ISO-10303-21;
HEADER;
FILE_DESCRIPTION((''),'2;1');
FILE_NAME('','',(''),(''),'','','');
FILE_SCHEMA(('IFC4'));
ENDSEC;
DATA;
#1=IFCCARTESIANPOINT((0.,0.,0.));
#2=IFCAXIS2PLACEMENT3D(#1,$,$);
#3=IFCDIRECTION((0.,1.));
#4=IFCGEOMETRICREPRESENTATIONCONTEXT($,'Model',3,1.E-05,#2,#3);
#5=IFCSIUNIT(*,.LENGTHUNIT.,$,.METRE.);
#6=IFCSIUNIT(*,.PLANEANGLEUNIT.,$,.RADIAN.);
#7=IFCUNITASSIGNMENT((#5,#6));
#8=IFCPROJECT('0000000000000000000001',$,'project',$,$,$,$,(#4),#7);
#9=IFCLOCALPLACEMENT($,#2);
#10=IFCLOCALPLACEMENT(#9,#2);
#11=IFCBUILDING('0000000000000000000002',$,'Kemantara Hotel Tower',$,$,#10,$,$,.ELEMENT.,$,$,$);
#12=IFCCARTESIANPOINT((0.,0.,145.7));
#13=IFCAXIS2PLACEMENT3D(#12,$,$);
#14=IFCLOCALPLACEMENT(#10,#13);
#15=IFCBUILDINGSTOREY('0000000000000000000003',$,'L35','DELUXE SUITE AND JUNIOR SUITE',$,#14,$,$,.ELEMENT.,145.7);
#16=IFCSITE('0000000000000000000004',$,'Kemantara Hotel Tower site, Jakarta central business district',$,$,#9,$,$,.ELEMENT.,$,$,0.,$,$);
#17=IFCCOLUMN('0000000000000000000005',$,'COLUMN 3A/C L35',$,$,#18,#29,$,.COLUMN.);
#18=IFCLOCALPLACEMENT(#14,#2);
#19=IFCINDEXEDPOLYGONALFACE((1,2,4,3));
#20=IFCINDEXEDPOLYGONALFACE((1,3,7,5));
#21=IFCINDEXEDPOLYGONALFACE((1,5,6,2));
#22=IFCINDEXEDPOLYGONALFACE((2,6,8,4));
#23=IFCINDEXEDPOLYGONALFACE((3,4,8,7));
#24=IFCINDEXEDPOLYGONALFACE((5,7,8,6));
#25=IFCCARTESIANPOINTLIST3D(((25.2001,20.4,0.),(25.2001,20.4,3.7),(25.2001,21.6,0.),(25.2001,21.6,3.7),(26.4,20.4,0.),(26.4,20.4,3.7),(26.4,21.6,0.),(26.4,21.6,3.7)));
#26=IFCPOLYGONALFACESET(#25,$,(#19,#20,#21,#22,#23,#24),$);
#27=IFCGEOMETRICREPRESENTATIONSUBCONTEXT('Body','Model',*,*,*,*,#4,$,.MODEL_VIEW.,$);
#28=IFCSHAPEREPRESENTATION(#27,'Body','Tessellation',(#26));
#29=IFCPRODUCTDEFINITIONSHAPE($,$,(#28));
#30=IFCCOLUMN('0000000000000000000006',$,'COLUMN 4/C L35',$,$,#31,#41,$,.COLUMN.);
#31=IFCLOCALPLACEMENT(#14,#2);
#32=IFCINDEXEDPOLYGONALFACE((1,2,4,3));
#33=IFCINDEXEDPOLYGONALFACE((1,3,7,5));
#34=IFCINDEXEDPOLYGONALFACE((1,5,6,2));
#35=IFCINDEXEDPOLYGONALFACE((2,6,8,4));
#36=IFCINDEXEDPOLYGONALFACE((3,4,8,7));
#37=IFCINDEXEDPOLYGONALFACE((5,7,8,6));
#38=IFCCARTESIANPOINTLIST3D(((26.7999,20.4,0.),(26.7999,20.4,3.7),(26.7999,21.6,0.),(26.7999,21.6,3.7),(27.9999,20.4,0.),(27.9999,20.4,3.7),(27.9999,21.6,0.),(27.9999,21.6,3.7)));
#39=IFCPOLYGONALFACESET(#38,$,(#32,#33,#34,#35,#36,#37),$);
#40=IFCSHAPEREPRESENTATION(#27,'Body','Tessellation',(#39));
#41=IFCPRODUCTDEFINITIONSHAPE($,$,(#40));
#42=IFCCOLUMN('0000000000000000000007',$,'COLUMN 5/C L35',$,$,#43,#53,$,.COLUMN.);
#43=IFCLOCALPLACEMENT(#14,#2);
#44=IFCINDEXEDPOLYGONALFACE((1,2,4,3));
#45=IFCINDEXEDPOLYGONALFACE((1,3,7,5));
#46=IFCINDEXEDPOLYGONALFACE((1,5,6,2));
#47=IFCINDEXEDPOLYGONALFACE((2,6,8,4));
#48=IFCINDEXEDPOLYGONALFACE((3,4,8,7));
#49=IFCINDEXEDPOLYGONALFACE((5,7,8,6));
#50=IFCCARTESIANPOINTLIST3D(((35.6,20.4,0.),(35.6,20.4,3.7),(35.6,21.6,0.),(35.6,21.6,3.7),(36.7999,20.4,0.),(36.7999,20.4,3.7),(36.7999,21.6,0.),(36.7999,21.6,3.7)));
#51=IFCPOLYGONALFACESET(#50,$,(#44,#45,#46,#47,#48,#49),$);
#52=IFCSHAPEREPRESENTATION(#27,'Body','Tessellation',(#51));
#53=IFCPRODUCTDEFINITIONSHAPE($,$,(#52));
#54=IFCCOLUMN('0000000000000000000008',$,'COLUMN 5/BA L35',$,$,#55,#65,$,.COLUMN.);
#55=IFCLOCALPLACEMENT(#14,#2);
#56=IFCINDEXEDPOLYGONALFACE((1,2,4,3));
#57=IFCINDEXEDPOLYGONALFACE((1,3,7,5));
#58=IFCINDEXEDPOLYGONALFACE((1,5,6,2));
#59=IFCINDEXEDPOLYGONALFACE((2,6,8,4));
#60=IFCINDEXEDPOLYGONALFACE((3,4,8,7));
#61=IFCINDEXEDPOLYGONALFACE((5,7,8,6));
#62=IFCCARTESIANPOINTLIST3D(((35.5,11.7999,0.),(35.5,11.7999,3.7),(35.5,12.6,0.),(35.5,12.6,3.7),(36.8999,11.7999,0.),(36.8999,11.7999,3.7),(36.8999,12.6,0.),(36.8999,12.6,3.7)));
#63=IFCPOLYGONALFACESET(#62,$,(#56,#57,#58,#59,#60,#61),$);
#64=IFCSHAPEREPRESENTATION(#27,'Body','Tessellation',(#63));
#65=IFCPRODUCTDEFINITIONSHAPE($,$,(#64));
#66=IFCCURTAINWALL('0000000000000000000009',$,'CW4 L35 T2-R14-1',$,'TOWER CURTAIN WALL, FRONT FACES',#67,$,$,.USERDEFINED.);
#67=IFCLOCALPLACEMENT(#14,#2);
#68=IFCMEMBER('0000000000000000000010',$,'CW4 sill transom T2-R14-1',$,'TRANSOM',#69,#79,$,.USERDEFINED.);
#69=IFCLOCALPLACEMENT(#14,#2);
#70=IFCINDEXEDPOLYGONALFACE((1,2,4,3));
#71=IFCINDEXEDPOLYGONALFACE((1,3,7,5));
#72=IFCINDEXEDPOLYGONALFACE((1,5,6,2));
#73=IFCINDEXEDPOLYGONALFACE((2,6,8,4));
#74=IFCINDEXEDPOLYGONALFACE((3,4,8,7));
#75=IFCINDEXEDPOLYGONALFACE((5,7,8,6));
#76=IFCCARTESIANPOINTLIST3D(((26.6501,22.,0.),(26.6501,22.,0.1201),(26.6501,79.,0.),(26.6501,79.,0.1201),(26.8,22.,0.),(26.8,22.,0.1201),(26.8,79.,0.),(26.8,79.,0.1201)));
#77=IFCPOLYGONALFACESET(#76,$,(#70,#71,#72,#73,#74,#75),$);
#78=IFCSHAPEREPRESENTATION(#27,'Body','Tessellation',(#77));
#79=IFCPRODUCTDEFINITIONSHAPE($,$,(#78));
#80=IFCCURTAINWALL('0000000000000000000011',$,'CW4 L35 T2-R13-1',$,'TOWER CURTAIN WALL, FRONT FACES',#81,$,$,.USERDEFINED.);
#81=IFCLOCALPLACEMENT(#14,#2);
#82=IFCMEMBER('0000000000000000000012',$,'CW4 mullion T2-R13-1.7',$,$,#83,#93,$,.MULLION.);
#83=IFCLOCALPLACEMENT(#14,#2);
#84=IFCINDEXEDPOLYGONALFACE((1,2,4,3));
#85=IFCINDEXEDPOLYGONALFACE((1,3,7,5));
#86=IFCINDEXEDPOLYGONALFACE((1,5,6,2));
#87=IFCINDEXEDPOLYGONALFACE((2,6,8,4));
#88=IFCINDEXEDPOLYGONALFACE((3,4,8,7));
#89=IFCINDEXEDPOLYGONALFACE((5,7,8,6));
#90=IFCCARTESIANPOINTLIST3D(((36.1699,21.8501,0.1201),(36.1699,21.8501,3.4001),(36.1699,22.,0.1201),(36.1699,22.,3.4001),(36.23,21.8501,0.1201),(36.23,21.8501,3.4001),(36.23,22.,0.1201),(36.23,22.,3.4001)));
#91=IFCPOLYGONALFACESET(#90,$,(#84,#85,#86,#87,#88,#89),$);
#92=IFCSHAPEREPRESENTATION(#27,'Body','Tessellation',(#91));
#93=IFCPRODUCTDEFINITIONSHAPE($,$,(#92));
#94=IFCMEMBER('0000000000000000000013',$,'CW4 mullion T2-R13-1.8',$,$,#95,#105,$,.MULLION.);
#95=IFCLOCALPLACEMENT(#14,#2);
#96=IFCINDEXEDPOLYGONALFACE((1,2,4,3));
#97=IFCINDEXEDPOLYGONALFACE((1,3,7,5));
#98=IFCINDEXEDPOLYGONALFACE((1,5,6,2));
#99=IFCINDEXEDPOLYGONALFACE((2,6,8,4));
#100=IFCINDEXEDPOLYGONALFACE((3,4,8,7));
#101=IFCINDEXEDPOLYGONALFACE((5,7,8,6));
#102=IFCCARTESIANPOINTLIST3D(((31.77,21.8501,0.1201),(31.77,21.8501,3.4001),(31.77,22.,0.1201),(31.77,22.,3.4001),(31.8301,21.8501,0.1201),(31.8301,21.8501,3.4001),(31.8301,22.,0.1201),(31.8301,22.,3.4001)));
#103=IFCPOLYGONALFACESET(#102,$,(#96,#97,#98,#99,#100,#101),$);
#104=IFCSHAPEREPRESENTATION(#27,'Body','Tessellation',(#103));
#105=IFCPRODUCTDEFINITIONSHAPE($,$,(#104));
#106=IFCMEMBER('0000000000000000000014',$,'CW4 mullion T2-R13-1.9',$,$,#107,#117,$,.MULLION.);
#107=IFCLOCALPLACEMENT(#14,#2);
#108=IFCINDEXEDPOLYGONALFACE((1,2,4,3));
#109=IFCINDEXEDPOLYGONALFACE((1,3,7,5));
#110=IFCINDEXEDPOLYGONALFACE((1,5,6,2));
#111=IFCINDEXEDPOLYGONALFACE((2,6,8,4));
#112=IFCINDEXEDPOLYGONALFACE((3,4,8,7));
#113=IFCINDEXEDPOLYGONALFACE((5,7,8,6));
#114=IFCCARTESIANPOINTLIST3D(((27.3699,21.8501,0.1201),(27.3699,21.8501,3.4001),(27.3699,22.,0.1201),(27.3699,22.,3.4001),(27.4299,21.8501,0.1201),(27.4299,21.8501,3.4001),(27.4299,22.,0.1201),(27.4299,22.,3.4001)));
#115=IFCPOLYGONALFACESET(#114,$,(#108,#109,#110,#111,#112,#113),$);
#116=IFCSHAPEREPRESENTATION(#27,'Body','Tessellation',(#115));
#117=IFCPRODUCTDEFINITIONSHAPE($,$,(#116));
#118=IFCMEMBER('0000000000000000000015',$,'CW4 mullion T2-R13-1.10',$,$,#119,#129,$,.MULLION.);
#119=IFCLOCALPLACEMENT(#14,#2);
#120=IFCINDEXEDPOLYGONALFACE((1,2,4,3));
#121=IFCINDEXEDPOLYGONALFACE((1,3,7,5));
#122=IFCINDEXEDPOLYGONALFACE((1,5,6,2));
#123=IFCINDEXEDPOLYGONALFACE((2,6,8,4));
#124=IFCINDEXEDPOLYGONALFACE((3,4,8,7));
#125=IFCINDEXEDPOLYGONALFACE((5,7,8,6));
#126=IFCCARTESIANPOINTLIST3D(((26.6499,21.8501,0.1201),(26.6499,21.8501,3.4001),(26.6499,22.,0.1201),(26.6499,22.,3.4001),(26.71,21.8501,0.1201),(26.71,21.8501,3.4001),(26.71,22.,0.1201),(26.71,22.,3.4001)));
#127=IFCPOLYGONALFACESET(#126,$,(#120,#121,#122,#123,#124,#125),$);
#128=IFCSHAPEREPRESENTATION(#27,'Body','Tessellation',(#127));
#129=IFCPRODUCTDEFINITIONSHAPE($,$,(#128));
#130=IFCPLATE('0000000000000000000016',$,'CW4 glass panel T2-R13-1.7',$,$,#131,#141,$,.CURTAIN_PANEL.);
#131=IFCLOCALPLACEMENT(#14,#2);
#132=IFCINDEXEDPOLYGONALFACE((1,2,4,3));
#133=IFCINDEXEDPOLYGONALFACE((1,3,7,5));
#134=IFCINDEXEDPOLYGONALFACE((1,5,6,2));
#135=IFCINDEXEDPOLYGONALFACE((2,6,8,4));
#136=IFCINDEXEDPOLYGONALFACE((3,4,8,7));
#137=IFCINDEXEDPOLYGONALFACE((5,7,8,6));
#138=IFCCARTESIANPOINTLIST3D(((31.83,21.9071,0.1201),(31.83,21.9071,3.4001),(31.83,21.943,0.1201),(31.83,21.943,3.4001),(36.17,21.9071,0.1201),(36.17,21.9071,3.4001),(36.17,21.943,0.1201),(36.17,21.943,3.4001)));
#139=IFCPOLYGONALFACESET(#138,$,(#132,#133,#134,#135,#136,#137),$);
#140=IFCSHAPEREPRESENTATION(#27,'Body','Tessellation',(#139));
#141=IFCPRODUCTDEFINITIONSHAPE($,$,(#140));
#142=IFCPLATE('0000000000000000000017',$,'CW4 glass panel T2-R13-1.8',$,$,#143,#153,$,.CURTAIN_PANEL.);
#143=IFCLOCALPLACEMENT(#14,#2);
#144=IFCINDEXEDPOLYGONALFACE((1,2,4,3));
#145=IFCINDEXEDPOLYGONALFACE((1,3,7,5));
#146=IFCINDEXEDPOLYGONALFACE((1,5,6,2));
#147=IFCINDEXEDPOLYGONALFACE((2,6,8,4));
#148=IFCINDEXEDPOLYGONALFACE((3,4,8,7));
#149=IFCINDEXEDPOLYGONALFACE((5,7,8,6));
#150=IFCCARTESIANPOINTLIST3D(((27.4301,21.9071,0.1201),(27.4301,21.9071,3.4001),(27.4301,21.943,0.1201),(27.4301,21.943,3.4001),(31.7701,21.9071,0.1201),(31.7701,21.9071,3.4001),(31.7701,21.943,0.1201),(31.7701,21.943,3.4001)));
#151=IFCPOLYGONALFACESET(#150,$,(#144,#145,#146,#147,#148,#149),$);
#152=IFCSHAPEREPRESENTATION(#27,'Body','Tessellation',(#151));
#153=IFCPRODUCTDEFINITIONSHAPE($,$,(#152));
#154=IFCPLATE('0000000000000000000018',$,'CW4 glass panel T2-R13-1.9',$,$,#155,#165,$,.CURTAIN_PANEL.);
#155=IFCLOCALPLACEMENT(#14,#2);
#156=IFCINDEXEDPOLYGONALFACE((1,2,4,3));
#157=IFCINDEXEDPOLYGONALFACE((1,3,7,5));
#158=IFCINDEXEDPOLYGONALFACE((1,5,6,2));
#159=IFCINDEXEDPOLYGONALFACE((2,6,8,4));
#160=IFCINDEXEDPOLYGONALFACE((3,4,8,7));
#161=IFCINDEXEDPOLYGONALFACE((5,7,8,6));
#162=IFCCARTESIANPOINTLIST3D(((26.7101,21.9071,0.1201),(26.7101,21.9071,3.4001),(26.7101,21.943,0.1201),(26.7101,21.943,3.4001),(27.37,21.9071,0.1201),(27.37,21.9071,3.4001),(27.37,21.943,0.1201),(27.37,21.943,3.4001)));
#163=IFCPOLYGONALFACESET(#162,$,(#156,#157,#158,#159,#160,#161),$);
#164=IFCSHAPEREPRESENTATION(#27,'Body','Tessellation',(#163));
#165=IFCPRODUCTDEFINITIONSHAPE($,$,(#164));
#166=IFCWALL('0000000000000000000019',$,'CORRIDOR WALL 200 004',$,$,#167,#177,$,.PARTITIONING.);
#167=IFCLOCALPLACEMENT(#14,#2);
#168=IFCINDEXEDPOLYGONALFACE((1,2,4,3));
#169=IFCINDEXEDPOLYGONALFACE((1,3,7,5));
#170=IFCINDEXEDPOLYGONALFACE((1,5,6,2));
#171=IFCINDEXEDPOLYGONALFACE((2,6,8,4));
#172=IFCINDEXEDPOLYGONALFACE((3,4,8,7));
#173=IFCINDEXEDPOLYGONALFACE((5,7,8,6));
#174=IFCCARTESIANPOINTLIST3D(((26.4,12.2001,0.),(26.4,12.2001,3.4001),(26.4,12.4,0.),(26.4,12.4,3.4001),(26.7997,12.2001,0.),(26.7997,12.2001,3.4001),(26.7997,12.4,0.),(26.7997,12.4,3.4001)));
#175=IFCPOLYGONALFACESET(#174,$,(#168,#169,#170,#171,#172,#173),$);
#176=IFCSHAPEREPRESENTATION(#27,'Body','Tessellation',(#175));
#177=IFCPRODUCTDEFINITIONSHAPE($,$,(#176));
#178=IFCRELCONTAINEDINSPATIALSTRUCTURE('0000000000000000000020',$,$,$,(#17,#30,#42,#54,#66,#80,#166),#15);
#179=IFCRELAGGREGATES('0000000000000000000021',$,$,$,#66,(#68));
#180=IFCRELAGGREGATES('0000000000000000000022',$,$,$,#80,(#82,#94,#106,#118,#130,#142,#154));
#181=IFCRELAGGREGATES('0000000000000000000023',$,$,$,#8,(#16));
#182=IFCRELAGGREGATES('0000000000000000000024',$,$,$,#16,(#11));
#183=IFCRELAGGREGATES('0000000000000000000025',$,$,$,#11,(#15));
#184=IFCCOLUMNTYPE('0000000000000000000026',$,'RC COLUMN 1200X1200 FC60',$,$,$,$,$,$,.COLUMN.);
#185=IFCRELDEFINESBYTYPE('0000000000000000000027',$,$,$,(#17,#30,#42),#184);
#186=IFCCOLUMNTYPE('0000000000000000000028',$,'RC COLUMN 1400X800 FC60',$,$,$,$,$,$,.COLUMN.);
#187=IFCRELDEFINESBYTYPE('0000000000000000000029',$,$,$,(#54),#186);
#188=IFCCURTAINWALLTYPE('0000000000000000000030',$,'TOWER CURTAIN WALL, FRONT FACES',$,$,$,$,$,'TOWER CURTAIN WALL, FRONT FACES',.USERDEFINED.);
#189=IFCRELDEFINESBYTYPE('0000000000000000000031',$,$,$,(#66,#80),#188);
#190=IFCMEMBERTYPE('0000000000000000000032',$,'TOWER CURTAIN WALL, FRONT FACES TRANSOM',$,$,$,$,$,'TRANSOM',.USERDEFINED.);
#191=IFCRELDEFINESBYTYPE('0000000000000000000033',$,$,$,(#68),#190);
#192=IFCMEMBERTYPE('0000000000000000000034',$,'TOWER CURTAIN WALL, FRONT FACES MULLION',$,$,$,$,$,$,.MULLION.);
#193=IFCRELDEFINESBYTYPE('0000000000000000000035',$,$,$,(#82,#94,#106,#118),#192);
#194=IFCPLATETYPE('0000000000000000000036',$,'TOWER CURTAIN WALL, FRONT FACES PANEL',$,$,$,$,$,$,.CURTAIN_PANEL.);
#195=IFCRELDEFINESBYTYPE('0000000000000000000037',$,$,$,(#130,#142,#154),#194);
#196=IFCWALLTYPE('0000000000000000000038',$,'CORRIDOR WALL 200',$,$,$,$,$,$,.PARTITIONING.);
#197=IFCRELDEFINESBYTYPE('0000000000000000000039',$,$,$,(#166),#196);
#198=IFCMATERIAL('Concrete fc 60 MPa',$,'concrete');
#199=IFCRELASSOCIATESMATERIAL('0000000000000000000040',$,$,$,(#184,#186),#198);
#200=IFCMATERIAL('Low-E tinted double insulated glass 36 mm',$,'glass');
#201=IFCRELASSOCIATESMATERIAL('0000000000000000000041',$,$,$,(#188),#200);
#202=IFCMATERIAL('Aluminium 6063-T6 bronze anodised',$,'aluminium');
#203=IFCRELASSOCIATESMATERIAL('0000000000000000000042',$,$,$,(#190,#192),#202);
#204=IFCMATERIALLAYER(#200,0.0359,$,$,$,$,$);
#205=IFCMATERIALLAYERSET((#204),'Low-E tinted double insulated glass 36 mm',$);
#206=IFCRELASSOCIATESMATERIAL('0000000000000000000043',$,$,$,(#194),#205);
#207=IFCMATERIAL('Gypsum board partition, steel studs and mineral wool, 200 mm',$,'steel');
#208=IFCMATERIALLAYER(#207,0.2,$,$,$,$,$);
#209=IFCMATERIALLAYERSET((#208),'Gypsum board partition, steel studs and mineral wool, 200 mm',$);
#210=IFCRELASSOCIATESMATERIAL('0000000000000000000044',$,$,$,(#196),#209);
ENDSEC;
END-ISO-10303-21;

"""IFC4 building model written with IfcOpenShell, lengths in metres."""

from ifc_helpers import new_model, si_unit, direction, frame, frame_2d, origin, origin_2d, place, context, subcontext, project, spatial, rectangle, extrude, source, transform, mapped, material, layer, layer_set, material_profile, profile_set, type_object, element, aggregate, save


model = new_model("IFC4")

# Units and contexts
model_context = context("Model", 3, precision=1e-05, world=origin(), true_north=direction((0.0, 1.0)))
body_context = subcontext(model_context, "Body", "Model", "MODEL_VIEW")
ifc_project = project(units=[si_unit("LENGTHUNIT", "METRE"), si_unit("PLANEANGLEUNIT", "RADIAN")], contexts=[model_context])

# Site, building, storey
site_placement = place(None, origin())
site = spatial("IfcSite", under=ifc_project, at=site_placement, Name="Kemantara Hotel Tower site, Jakarta central business district", CompositionType="ELEMENT", RefElevation=0.0)
building_placement = place(site_placement, origin())
building = spatial("IfcBuilding", under=site, at=building_placement, Name="Kemantara Hotel Tower", CompositionType="ELEMENT")
storey_placement = place(building_placement, frame((0.0, 0.0, 145.7)))
storey = spatial("IfcBuildingStorey", under=building, at=storey_placement, Name="L35", Description="DELUXE SUITE AND JUNIOR SUITE", CompositionType="ELEMENT", Elevation=145.7)

# Columns
ifc_material_1 = material(Name="Concrete fc 60 MPa", Category="concrete")
ifc_material_profile_1 = material_profile(ifc_material_1, rectangle(XDim=1.2, YDim=1.2, at=origin_2d()), Name="RC 1200X1200")
ifc_profile_set_1 = profile_set([ifc_material_profile_1], Name="Concrete fc 60 MPa")
column_type_1 = type_object("IfcColumnType", Name="RC COLUMN 1200X1200 FC60", PredefinedType="COLUMN", material=ifc_profile_set_1)
for number, where, z_axis, x_axis, name in (
    (1, (25.8, 21.0, 0.0), (0.0, 0.0, 1.0), (1.0, 0.0, 0.0), "COLUMN 3A/C L35"),
    (2, (27.3999, 21.0, 0.0), (0.0, 0.0, 1.0), (1.0, 0.0, 0.0), "COLUMN 4/C L35"),
    (3, (36.2, 21.0, 0.0), (0.0, 0.0, 1.0), (1.0, 0.0, 0.0), "COLUMN 5/C L35"),
):
    element("IfcColumn", number, at=place(storey_placement, frame(where, z_axis=z_axis, x_axis=x_axis)), inside=storey, type_object=column_type_1, Name=name, PredefinedType="COLUMN", context=body_context, shape_type="SweptSolid", body=[
        extrude(rectangle(XDim=1.2, YDim=1.2, at=origin_2d()), origin(), (0.0, 0.0, 1.0), 3.7),
    ])
ifc_material_profile_2 = material_profile(ifc_material_1, rectangle(XDim=1.3999, YDim=0.8, at=origin_2d()), Name="RC 1400X800")
ifc_profile_set_2 = profile_set([ifc_material_profile_2], Name="Concrete fc 60 MPa")
column_type_2 = type_object("IfcColumnType", Name="RC COLUMN 1400X800 FC60", PredefinedType="COLUMN", material=ifc_profile_set_2)
column_placement = place(storey_placement, frame((36.2, 12.2, 0.0), z_axis=(0.0, 0.0, 1.0), x_axis=(1.0, 0.0, 0.0)))
element("IfcColumn", 4, at=column_placement, inside=storey, type_object=column_type_2, Name="COLUMN 5/BA L35", PredefinedType="COLUMN", context=body_context, shape_type="SweptSolid", body=[
    extrude(rectangle(XDim=1.3999, YDim=0.8, at=origin_2d()), origin(), (0.0, 0.0, 1.0), 3.7),
])

# Curtain wall, member
ifc_material_2 = material(Name="Low-E tinted double insulated glass 36 mm", Category="glass")
curtain_wall_type = type_object("IfcCurtainWallType", Name="TOWER CURTAIN WALL, FRONT FACES", ElementType="TOWER CURTAIN WALL, FRONT FACES", PredefinedType="USERDEFINED", material=ifc_material_2)
curtain_wall_1_placement = place(storey_placement, origin())
curtain_wall_1 = element("IfcCurtainWall", 5, at=curtain_wall_1_placement, inside=storey, type_object=curtain_wall_type, Name="CW4 L35 T2-R14-1", ObjectType="TOWER CURTAIN WALL, FRONT FACES", PredefinedType="USERDEFINED")
ifc_material_3 = material(Name="Aluminium 6063-T6 bronze anodised", Category="aluminium")
ifc_material_profile_3 = material_profile(ifc_material_3, rectangle(XDim=0.1499, YDim=0.1201, at=origin_2d()), Name="TOWER CURTAIN WALL, FRONT FACES TRANSOM")
ifc_profile_set_3 = profile_set([ifc_material_profile_3], Name="Aluminium 6063-T6 bronze anodised")
member_type_1 = type_object("IfcMemberType", Name="TOWER CURTAIN WALL, FRONT FACES TRANSOM", ElementType="TRANSOM", PredefinedType="USERDEFINED", material=ifc_profile_set_3)
member_1_placement = place(storey_placement, frame((26.7251, 22.0, 0.0601), z_axis=(0.0, 1.0, 0.0), x_axis=(-1.0, 0.0, 0.0)))
member_1 = element("IfcMember", 6, at=member_1_placement, type_object=member_type_1, Name="CW4 sill transom T2-R14-1", ObjectType="TRANSOM", PredefinedType="USERDEFINED", context=body_context, shape_type="SweptSolid", body=[
    extrude(rectangle(XDim=0.1499, YDim=0.1201, at=origin_2d()), origin(), (0.0, 0.0, 1.0), 57.0),
])
aggregate(curtain_wall_1, [member_1])

# Curtain wall, members, plates
curtain_wall_2_placement = place(storey_placement, origin())
curtain_wall_2 = element("IfcCurtainWall", 7, at=curtain_wall_2_placement, inside=storey, type_object=curtain_wall_type, Name="CW4 L35 T2-R13-1", ObjectType="TOWER CURTAIN WALL, FRONT FACES", PredefinedType="USERDEFINED")
ifc_material_profile_4 = material_profile(ifc_material_3, rectangle(XDim=0.1499, YDim=0.0601, at=origin_2d()), Name="TOWER CURTAIN WALL, FRONT FACES MULLION")
ifc_profile_set_4 = profile_set([ifc_material_profile_4], Name="Aluminium 6063-T6 bronze anodised")
member_type_2 = type_object("IfcMemberType", Name="TOWER CURTAIN WALL, FRONT FACES MULLION", PredefinedType="MULLION", material=ifc_profile_set_4)
shared_shape_1 = source(origin(), body_context, "Body", "SweptSolid", [
    extrude(rectangle(XDim=0.1499, YDim=0.0601, at=origin_2d()), origin(), (0.0, 0.0, 1.0), 3.28),
])
member_2_placement = place(storey_placement, frame((36.2, 21.925, 0.1201), z_axis=(0.0, 0.0, 1.0), x_axis=(0.0, -1.0, 0.0)))
member_2 = element("IfcMember", 8, at=member_2_placement, type_object=member_type_2, Name="CW4 mullion T2-R13-1.7", PredefinedType="MULLION", context=body_context, shape_type="MappedRepresentation", body=[
    mapped(shared_shape_1, transform((0.0, 0.0, 0.0))),
])
member_3_placement = place(storey_placement, frame((31.8, 21.925, 0.1201), z_axis=(0.0, 0.0, 1.0), x_axis=(0.0, -1.0, 0.0)))
member_3 = element("IfcMember", 9, at=member_3_placement, type_object=member_type_2, Name="CW4 mullion T2-R13-1.8", PredefinedType="MULLION", context=body_context, shape_type="MappedRepresentation", body=[
    mapped(shared_shape_1, transform((0.0, 0.0, 0.0))),
])
member_4_placement = place(storey_placement, frame((27.3999, 21.925, 0.1201), z_axis=(0.0, 0.0, 1.0), x_axis=(0.0, -1.0, 0.0)))
member_4 = element("IfcMember", 10, at=member_4_placement, type_object=member_type_2, Name="CW4 mullion T2-R13-1.9", PredefinedType="MULLION", context=body_context, shape_type="MappedRepresentation", body=[
    mapped(shared_shape_1, transform((0.0, 0.0, 0.0))),
])
member_5_placement = place(storey_placement, frame((26.6799, 21.925, 0.1201), z_axis=(0.0, 0.0, 1.0), x_axis=(0.0, -1.0, 0.0)))
member_5 = element("IfcMember", 11, at=member_5_placement, type_object=member_type_2, Name="CW4 mullion T2-R13-1.10", PredefinedType="MULLION", context=body_context, shape_type="MappedRepresentation", body=[
    mapped(shared_shape_1, transform((0.0, 0.0, 0.0))),
])
ifc_layer_1 = layer(ifc_material_2, 0.0359)
ifc_layer_set_1 = layer_set([ifc_layer_1], Name="Low-E tinted double insulated glass 36 mm")
plate_type = type_object("IfcPlateType", Name="TOWER CURTAIN WALL, FRONT FACES PANEL", PredefinedType="CURTAIN_PANEL", material=ifc_layer_set_1)
shared_shape_2 = source(origin(), body_context, "Body", "SweptSolid", [
    extrude(rectangle(XDim=4.3401, YDim=0.0359, at=origin_2d()), origin(), (0.0, 0.0, 1.0), 3.28),
])
plate_1_placement = place(storey_placement, frame((34.0, 21.925, 0.1201), z_axis=(0.0, 0.0, 1.0), x_axis=(-1.0, 0.0, 0.0)))
plate_1 = element("IfcPlate", 12, at=plate_1_placement, type_object=plate_type, Name="CW4 glass panel T2-R13-1.7", PredefinedType="CURTAIN_PANEL", context=body_context, shape_type="MappedRepresentation", body=[
    mapped(shared_shape_2, transform((0.0, 0.0, 0.0))),
])
plate_2_placement = place(storey_placement, frame((29.6001, 21.925, 0.1201), z_axis=(0.0, 0.0, 1.0), x_axis=(-1.0, 0.0, 0.0)))
plate_2 = element("IfcPlate", 13, at=plate_2_placement, type_object=plate_type, Name="CW4 glass panel T2-R13-1.8", PredefinedType="CURTAIN_PANEL", context=body_context, shape_type="MappedRepresentation", body=[
    mapped(shared_shape_2, transform((0.0, 0.0, 0.0))),
])
shared_shape_3 = source(origin(), body_context, "Body", "SweptSolid", [
    extrude(rectangle(XDim=0.6599, YDim=0.0359, at=origin_2d()), origin(), (0.0, 0.0, 1.0), 3.28),
])
plate_3_placement = place(storey_placement, frame((27.04, 21.925, 0.1201), z_axis=(0.0, 0.0, 1.0), x_axis=(-1.0, 0.0, 0.0)))
plate_3 = element("IfcPlate", 14, at=plate_3_placement, type_object=plate_type, Name="CW4 glass panel T2-R13-1.9", PredefinedType="CURTAIN_PANEL", context=body_context, shape_type="MappedRepresentation", body=[
    mapped(shared_shape_3, transform((0.0, 0.0, 0.0))),
])
aggregate(curtain_wall_2, [member_2, member_3, member_4, member_5, plate_1, plate_2, plate_3])

# Wall
ifc_material_4 = material(Name="Gypsum board partition, steel studs and mineral wool, 200 mm", Category="steel")
ifc_layer_2 = layer(ifc_material_4, 0.2)
ifc_layer_set_2 = layer_set([ifc_layer_2], Name="Gypsum board partition, steel studs and mineral wool, 200 mm")
wall_type_1 = type_object("IfcWallType", Name="CORRIDOR WALL 200", PredefinedType="PARTITIONING", material=ifc_layer_set_2)
wall_1_placement = place(storey_placement, frame((26.4001, 12.3, 0.0), z_axis=(0.0, 0.0, 1.0), x_axis=(1.0, 0.0, 0.0)))
element("IfcWall", 15, at=wall_1_placement, inside=storey, type_object=wall_type_1, Name="CORRIDOR WALL 200 004", PredefinedType="PARTITIONING", context=body_context, shape_type="SweptSolid", body=[
    extrude(rectangle(XDim=0.3997, YDim=0.2, at=frame_2d((0.1997, 0.0))), origin(), (0.0, 0.0, 1.0), 3.4001),
])

save(model, "model.ifc")
